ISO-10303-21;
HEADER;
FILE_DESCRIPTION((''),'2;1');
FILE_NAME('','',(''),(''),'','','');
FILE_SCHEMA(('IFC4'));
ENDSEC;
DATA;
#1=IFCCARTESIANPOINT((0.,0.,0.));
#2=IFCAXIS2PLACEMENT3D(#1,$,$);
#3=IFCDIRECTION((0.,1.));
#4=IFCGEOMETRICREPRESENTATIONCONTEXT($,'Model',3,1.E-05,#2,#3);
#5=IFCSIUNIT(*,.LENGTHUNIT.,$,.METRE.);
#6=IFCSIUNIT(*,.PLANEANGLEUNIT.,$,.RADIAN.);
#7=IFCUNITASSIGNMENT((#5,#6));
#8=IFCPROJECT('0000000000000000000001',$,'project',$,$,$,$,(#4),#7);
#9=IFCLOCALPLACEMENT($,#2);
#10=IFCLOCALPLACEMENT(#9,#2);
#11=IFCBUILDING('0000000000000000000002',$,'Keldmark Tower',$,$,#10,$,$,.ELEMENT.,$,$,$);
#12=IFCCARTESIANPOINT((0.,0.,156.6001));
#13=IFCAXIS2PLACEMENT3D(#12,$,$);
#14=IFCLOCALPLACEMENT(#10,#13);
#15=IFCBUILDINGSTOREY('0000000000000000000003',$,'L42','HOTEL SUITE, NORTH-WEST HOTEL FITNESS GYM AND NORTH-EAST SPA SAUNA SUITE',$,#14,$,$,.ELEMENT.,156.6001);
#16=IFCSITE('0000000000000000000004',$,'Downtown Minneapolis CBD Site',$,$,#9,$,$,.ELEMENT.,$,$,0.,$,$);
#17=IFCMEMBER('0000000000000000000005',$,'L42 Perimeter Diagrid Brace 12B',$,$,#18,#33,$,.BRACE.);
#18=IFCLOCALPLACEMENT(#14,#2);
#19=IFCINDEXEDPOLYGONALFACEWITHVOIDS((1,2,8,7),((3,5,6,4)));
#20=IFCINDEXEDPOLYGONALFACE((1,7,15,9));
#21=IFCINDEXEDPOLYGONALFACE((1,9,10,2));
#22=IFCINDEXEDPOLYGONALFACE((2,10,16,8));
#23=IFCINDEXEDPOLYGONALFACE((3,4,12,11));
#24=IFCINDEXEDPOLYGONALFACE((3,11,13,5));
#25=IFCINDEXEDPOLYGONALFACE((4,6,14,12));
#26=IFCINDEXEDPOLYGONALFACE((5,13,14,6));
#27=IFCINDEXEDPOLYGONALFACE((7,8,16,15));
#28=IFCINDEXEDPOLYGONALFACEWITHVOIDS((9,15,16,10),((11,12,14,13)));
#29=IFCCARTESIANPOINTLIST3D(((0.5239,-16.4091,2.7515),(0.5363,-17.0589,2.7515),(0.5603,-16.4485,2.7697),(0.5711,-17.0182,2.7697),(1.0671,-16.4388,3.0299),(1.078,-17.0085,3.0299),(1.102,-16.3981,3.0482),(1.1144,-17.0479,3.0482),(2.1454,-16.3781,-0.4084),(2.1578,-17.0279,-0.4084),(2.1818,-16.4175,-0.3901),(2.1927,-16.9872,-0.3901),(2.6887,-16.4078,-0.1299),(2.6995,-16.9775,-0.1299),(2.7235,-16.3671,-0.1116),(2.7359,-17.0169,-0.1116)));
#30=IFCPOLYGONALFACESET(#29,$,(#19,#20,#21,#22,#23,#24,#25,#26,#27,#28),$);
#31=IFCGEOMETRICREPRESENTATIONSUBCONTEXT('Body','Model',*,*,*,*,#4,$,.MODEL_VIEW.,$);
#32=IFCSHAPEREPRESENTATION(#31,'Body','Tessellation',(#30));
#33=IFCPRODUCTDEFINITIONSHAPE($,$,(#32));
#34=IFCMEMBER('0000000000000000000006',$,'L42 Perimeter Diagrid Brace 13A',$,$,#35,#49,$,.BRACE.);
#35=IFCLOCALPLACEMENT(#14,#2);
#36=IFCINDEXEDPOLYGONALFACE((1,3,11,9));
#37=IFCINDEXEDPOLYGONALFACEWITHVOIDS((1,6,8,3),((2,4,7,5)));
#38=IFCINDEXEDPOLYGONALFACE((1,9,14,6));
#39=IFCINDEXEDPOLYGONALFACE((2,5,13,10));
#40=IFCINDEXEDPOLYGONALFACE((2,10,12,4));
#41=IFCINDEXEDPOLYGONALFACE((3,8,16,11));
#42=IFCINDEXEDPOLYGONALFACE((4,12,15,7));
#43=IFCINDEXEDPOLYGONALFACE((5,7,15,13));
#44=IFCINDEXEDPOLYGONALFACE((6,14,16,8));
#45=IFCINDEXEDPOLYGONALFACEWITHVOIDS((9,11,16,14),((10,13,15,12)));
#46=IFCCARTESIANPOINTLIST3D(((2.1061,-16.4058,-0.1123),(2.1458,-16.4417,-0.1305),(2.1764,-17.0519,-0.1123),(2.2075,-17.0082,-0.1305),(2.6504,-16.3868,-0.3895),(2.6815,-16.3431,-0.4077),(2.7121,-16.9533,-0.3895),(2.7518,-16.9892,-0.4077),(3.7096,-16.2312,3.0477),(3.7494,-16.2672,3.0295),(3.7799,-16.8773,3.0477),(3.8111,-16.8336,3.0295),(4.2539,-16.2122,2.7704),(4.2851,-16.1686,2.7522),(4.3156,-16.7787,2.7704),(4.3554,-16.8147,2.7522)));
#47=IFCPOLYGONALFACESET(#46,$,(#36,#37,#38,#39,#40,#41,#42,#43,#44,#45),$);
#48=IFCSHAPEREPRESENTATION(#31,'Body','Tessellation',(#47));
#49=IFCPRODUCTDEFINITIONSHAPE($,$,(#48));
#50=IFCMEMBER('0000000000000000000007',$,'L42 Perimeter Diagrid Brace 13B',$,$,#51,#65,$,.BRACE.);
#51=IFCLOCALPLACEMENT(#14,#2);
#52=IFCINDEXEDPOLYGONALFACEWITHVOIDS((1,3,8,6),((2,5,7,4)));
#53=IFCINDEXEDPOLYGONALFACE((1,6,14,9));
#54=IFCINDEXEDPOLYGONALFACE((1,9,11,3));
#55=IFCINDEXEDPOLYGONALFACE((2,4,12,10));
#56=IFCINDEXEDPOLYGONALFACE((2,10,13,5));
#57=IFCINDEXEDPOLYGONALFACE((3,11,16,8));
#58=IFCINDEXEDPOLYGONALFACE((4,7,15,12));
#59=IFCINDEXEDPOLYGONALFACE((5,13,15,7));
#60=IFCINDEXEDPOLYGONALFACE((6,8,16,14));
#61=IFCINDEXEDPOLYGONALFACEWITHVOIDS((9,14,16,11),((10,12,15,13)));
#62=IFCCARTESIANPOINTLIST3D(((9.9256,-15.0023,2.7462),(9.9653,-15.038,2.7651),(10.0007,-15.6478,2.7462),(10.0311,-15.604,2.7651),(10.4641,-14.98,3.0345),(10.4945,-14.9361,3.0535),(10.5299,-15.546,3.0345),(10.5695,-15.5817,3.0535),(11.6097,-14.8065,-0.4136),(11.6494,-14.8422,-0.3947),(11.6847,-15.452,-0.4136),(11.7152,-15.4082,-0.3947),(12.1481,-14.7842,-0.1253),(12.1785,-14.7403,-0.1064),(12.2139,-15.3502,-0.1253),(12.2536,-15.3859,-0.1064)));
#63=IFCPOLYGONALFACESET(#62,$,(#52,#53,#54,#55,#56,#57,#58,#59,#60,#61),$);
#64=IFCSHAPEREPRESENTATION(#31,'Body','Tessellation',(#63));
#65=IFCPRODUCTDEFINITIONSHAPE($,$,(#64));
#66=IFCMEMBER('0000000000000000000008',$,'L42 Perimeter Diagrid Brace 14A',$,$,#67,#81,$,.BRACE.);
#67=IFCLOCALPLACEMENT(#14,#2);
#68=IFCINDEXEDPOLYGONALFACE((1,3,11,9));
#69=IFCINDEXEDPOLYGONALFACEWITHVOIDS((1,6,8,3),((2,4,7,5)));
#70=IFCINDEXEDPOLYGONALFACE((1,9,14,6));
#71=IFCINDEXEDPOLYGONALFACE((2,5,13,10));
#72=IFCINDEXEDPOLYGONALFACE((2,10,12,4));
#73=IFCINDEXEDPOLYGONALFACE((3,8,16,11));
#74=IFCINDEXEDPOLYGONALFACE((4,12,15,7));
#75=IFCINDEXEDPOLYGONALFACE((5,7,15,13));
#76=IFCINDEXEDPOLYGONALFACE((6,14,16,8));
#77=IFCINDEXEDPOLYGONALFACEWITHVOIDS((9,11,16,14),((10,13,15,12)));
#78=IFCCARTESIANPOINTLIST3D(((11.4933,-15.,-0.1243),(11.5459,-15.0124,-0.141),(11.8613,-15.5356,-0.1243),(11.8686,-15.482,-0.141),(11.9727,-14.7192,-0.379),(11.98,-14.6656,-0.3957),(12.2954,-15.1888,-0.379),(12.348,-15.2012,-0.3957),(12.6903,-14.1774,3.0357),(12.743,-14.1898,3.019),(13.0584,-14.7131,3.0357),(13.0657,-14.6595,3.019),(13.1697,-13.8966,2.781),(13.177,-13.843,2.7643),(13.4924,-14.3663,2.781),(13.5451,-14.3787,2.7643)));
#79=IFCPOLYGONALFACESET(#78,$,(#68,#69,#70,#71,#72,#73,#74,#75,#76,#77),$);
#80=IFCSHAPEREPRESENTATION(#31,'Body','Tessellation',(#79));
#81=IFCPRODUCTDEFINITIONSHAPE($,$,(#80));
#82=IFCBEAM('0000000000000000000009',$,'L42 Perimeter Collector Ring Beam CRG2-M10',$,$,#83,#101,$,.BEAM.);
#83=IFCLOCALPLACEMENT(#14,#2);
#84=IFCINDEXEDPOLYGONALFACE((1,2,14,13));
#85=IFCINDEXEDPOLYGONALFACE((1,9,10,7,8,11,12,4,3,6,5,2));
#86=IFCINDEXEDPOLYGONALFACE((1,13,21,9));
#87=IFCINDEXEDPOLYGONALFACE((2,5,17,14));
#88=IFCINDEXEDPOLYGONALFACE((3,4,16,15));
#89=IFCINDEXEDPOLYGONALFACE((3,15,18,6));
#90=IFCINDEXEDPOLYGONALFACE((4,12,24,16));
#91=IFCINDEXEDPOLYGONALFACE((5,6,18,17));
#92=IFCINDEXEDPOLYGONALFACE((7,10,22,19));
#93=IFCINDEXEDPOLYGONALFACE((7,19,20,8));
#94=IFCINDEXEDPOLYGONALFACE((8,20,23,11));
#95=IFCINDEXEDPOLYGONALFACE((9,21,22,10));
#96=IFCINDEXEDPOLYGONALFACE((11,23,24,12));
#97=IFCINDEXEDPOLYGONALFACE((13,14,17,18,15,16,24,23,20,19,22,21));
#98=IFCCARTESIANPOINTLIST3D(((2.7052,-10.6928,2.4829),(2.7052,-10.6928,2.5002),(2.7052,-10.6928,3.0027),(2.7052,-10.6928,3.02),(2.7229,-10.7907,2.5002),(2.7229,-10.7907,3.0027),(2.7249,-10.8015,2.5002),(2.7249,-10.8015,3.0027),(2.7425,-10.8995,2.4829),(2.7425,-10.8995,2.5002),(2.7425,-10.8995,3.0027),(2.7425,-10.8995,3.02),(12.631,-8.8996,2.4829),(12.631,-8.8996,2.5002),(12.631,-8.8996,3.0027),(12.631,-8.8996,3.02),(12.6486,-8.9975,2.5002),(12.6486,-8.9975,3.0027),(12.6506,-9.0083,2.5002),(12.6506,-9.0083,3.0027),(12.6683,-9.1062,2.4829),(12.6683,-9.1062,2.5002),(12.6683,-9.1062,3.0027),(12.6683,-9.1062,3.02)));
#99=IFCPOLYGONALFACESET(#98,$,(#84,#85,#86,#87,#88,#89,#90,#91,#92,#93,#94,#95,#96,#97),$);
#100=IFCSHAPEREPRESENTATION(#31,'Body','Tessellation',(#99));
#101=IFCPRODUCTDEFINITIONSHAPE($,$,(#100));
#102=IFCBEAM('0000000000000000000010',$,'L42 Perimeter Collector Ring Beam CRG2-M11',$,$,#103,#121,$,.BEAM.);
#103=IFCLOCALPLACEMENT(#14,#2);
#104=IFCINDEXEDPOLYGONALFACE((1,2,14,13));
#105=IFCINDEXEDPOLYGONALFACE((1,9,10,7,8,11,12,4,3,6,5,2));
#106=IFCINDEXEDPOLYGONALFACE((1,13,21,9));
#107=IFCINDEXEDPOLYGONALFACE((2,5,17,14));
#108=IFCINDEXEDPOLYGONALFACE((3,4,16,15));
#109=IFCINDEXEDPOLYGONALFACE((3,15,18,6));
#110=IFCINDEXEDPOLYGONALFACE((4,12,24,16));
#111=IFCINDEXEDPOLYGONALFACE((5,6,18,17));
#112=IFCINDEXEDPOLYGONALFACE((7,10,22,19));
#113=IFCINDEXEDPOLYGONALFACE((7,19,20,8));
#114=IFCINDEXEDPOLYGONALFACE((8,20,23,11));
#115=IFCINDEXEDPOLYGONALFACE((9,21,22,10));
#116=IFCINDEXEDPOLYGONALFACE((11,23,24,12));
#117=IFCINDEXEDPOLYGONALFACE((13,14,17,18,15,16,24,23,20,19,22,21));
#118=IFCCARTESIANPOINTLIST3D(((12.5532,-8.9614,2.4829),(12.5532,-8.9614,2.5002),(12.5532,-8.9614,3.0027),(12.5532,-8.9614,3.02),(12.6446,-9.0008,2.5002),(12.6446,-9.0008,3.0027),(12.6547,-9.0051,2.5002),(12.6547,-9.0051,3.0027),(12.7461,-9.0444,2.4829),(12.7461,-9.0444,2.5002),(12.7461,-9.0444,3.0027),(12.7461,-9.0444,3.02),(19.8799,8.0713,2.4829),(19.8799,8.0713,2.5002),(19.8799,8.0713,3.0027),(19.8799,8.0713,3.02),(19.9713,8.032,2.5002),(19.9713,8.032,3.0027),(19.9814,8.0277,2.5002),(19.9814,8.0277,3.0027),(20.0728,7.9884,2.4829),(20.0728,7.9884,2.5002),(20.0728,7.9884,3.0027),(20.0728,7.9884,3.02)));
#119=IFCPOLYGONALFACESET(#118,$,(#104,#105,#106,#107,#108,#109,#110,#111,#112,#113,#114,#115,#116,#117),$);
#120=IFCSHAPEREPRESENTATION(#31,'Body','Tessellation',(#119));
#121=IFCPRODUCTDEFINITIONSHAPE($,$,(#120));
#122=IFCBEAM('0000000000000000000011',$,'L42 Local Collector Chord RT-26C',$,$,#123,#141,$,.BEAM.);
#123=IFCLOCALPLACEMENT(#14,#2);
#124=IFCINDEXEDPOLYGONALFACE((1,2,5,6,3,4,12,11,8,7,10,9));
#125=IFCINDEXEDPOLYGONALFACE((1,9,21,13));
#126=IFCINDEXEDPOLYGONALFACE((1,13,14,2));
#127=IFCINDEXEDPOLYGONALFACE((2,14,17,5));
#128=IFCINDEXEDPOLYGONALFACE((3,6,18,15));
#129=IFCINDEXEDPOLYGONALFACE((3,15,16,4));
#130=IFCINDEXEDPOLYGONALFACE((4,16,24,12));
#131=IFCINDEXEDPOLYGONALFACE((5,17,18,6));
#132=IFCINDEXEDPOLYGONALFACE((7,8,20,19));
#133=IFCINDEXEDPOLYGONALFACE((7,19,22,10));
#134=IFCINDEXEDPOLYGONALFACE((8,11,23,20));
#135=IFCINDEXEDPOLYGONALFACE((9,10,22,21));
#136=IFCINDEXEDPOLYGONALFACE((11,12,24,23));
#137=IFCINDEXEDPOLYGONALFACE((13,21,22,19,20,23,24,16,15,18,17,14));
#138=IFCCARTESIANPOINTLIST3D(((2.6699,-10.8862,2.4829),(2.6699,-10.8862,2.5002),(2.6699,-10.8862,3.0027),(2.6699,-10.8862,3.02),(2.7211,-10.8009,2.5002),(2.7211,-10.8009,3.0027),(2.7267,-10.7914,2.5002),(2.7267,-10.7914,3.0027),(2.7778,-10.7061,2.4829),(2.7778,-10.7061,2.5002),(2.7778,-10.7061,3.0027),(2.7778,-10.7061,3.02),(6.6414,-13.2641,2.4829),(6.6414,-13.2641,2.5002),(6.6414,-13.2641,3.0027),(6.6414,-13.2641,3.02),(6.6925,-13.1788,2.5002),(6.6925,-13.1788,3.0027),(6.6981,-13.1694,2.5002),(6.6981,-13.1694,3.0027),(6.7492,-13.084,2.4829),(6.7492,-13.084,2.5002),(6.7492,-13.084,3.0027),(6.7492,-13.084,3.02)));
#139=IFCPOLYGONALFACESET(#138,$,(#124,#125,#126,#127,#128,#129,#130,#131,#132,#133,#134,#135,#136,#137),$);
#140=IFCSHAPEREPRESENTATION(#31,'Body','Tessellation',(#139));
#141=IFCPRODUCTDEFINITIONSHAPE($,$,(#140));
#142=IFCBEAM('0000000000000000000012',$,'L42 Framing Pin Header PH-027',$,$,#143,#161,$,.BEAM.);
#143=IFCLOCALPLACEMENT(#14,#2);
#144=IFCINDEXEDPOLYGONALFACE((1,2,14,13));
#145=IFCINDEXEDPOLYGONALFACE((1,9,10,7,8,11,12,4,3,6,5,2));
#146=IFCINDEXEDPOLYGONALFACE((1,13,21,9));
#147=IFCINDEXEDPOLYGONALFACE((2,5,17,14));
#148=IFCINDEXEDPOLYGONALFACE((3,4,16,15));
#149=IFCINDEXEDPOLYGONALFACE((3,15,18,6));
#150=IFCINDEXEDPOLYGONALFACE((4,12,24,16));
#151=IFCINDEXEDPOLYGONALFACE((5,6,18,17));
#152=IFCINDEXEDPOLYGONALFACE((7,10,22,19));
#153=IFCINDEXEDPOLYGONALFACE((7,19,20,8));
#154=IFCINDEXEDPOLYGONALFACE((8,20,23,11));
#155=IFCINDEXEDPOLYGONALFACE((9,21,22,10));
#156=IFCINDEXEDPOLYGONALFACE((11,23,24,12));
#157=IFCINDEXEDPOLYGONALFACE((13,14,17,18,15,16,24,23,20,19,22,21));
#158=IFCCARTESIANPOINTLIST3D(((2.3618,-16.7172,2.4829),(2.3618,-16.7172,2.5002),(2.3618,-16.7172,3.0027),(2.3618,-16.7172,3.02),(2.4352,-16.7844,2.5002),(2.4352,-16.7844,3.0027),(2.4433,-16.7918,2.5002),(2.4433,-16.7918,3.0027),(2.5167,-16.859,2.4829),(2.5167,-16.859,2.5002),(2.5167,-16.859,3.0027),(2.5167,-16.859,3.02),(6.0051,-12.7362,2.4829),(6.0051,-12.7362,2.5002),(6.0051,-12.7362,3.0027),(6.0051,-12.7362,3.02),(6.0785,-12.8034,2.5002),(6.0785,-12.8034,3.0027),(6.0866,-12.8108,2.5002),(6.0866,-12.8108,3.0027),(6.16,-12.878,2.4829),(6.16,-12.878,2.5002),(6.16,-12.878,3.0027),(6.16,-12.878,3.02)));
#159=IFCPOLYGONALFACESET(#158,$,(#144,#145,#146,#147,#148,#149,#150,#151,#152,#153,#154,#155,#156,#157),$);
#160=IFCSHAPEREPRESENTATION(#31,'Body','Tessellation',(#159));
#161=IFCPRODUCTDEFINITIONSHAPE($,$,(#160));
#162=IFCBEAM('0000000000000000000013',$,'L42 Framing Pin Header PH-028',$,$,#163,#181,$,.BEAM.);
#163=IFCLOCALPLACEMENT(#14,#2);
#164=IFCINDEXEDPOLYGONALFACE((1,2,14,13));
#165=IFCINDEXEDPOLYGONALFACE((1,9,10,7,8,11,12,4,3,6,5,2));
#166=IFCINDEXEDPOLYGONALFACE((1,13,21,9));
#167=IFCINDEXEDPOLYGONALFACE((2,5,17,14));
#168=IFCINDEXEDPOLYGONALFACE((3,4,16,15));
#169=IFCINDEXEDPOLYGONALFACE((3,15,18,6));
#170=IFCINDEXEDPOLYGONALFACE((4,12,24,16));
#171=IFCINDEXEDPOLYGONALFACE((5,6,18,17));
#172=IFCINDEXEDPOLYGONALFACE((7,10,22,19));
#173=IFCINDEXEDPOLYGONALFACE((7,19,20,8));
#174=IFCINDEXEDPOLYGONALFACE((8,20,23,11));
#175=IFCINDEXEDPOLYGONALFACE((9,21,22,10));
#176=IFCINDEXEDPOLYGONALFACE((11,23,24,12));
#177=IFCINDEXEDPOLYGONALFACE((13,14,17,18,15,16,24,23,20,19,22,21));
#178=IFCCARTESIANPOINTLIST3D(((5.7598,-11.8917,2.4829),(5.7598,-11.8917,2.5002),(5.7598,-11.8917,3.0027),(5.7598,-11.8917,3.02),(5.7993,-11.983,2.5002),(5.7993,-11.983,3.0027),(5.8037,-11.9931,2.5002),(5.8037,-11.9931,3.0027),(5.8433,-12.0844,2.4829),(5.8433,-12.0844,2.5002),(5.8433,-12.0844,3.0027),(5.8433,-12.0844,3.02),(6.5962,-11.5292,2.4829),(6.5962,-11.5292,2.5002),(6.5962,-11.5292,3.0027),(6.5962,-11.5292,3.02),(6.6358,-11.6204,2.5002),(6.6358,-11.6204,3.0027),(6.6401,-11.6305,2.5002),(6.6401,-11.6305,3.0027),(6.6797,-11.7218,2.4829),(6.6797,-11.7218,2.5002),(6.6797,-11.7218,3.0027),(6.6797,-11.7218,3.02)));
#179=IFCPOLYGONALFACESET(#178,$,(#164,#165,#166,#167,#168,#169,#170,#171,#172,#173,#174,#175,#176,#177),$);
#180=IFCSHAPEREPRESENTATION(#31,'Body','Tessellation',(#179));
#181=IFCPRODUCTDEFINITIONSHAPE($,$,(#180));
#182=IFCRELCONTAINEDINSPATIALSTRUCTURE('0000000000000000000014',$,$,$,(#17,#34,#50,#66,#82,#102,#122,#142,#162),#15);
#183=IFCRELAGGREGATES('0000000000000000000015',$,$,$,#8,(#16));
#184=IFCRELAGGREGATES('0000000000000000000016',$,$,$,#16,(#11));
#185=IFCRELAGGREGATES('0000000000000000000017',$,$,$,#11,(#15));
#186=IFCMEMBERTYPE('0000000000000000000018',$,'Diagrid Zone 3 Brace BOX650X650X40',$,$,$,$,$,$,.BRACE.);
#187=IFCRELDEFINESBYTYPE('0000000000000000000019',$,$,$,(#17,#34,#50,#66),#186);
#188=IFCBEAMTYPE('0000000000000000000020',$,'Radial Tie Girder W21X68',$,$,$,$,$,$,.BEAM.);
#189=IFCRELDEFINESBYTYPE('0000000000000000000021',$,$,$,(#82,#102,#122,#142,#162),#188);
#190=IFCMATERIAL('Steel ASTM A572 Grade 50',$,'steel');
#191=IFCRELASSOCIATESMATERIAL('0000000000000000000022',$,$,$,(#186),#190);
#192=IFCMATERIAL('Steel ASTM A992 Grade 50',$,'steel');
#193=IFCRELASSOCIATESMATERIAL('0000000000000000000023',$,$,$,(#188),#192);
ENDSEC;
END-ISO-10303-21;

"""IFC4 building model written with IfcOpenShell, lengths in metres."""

from ifc_helpers import new_model, si_unit, direction, frame, origin, origin_2d, place, context, subcontext, project, spatial, hollow_rectangle, i_section, extrude, material, material_profile, profile_set, type_object, element, save


model = new_model("IFC4")

# Units and contexts
model_context = context("Model", 3, precision=1e-05, world=origin(), true_north=direction((0.0, 1.0)))
body_context = subcontext(model_context, "Body", "Model", "MODEL_VIEW")
ifc_project = project(units=[si_unit("LENGTHUNIT", "METRE"), si_unit("PLANEANGLEUNIT", "RADIAN")], contexts=[model_context])

# Site, building, storey
site_placement = place(None, origin())
site = spatial("IfcSite", under=ifc_project, at=site_placement, Name="Downtown Minneapolis CBD Site", CompositionType="ELEMENT", RefElevation=0.0)
building_placement = place(site_placement, origin())
building = spatial("IfcBuilding", under=site, at=building_placement, Name="Keldmark Tower", CompositionType="ELEMENT")
storey_placement = place(building_placement, frame((0.0, 0.0, 156.6001)))
storey = spatial("IfcBuildingStorey", under=building, at=storey_placement, Name="L42", Description="HOTEL SUITE, NORTH-WEST HOTEL FITNESS GYM AND NORTH-EAST SPA SAUNA SUITE", CompositionType="ELEMENT", Elevation=156.6001)

# Members
ifc_material_1 = material(Name="Steel ASTM A572 Grade 50", Category="steel")
ifc_material_profile_1 = material_profile(ifc_material_1, hollow_rectangle(XDim=0.6499, YDim=0.6499, WallThickness=0.04, at=origin_2d()), Name="BOX650X650X40")
ifc_profile_set_1 = profile_set([ifc_material_profile_1], Name="Steel ASTM A572 Grade 50")
member_type = type_object("IfcMemberType", Name="Diagrid Zone 3 Brace BOX650X650X40", PredefinedType="BRACE", material=ifc_profile_set_1)
member_1_placement = place(storey_placement, frame((2.4407, -16.6975, -0.26), z_axis=(-0.456548, -0.00873, 0.889656), x_axis=(0.019117, -0.999817, 0.0)))
element("IfcMember", 1, at=member_1_placement, inside=storey, type_object=member_type, Name="L42 Perimeter Diagrid Brace 12B", PredefinedType="BRACE", context=body_context, shape_type="SweptSolid", body=[
    extrude(hollow_rectangle(XDim=0.6499, YDim=0.6499, WallThickness=0.04, at=origin_2d()), origin(), (0.0, 0.0, 1.0), 3.5518),
])
member_2_placement = place(storey_placement, frame((2.429, -16.6975, -0.26), z_axis=(0.451977, 0.049203, 0.890672), x_axis=(-0.108222, 0.994127, 0.0)))
element("IfcMember", 2, at=member_2_placement, inside=storey, type_object=member_type, Name="L42 Perimeter Diagrid Brace 13A", PredefinedType="BRACE", context=body_context, shape_type="SweptSolid", body=[
    extrude(hollow_rectangle(XDim=0.6499, YDim=0.6499, WallThickness=0.04, at=origin_2d()), origin(), (0.0, 0.0, 1.0), 3.5479),
])
member_3_placement = place(storey_placement, frame((11.9316, -15.0962, -0.26), z_axis=(-0.469625, -0.054601, 0.881176), x_axis=(0.115488, -0.993309, 0.0)))
element("IfcMember", 3, at=member_3_placement, inside=storey, type_object=member_type, Name="L42 Perimeter Diagrid Brace 13B", PredefinedType="BRACE", context=body_context, shape_type="SweptSolid", body=[
    extrude(hollow_rectangle(XDim=0.6499, YDim=0.6499, WallThickness=0.04, at=origin_2d()), origin(), (0.0, 0.0, 1.0), 3.5859),
])
member_4_placement = place(storey_placement, frame((11.9207, -15.1006, -0.26), z_axis=(0.344199, 0.236509, 0.90862), x_axis=(-0.566322, 0.824184, 0.0)))
element("IfcMember", 4, at=member_4_placement, inside=storey, type_object=member_type, Name="L42 Perimeter Diagrid Brace 14A", PredefinedType="BRACE", context=body_context, shape_type="SweptSolid", body=[
    extrude(hollow_rectangle(XDim=0.6499, YDim=0.6499, WallThickness=0.04, at=origin_2d()), origin(), (0.0, 0.0, 1.0), 3.4778),
])

# Beams
ifc_material_2 = material(Name="Steel ASTM A992 Grade 50", Category="steel")
ifc_material_profile_2 = material_profile(ifc_material_2, i_section(OverallWidth=0.21, OverallDepth=0.5371, WebThickness=0.011, FlangeThickness=0.0173, at=origin_2d()), Name="W21X68")
ifc_profile_set_2 = profile_set([ifc_material_profile_2], Name="Steel ASTM A992 Grade 50")
beam_type_1 = type_object("IfcBeamType", Name="Radial Tie Girder W21X68", PredefinedType="BEAM", material=ifc_profile_set_2)
beam_1_placement = place(storey_placement, frame((2.7239, -10.7961, 2.7515), z_axis=(0.98407, 0.177784, 0.0), x_axis=(-0.177784, 0.98407, 0.0)))
element("IfcBeam", 5, at=beam_1_placement, inside=storey, type_object=beam_type_1, Name="L42 Perimeter Collector Ring Beam CRG2-M10", PredefinedType="BEAM", context=body_context, shape_type="SweptSolid", body=[
    extrude(i_section(OverallWidth=0.21, OverallDepth=0.5371, WebThickness=0.011, FlangeThickness=0.0173, at=origin_2d()), origin(), (0.0, 0.0, 1.0), 10.0864),
])
beam_2_placement = place(storey_placement, frame((12.6497, -9.0029, 2.7515), z_axis=(0.395146, 0.918618, 0.0), x_axis=(-0.918618, 0.395146, 0.0)))
element("IfcBeam", 6, at=beam_2_placement, inside=storey, type_object=beam_type_1, Name="L42 Perimeter Collector Ring Beam CRG2-M11", PredefinedType="BEAM", context=body_context, shape_type="SweptSolid", body=[
    extrude(i_section(OverallWidth=0.21, OverallDepth=0.5371, WebThickness=0.011, FlangeThickness=0.0173, at=origin_2d()), origin(), (0.0, 0.0, 1.0), 18.5417),
])
beam_3_placement = place(storey_placement, frame((2.7239, -10.7961, 2.7515), z_axis=(0.857963, -0.513712, 0.0), x_axis=(0.513712, 0.857963, 0.0)))
element("IfcBeam", 7, at=beam_3_placement, inside=storey, type_object=beam_type_1, Name="L42 Local Collector Chord RT-26C", PredefinedType="BEAM", context=body_context, shape_type="SweptSolid", body=[
    extrude(i_section(OverallWidth=0.21, OverallDepth=0.5371, WebThickness=0.011, FlangeThickness=0.0173, at=origin_2d()), origin(), (0.0, 0.0, 1.0), 4.6289),
])
beam_4_placement = place(storey_placement, frame((2.4392, -16.7881, 2.7515), z_axis=(0.67513, 0.737698, 0.0), x_axis=(-0.737698, 0.67513, 0.0)))
element("IfcBeam", 8, at=beam_4_placement, inside=storey, type_object=beam_type_1, Name="L42 Framing Pin Header PH-027", PredefinedType="BEAM", context=body_context, shape_type="SweptSolid", body=[
    extrude(i_section(OverallWidth=0.21, OverallDepth=0.5371, WebThickness=0.011, FlangeThickness=0.0173, at=origin_2d()), origin(), (0.0, 0.0, 1.0), 5.3965),
])
beam_5_placement = place(storey_placement, frame((5.8015, -11.988, 2.7515), z_axis=(0.917517, 0.397698, 0.0), x_axis=(-0.397698, 0.917517, 0.0)))
element("IfcBeam", 9, at=beam_5_placement, inside=storey, type_object=beam_type_1, Name="L42 Framing Pin Header PH-028", PredefinedType="BEAM", context=body_context, shape_type="SweptSolid", body=[
    extrude(i_section(OverallWidth=0.21, OverallDepth=0.5371, WebThickness=0.011, FlangeThickness=0.0173, at=origin_2d()), origin(), (0.0, 0.0, 1.0), 0.9116),
])

save(model, "model.ifc")
